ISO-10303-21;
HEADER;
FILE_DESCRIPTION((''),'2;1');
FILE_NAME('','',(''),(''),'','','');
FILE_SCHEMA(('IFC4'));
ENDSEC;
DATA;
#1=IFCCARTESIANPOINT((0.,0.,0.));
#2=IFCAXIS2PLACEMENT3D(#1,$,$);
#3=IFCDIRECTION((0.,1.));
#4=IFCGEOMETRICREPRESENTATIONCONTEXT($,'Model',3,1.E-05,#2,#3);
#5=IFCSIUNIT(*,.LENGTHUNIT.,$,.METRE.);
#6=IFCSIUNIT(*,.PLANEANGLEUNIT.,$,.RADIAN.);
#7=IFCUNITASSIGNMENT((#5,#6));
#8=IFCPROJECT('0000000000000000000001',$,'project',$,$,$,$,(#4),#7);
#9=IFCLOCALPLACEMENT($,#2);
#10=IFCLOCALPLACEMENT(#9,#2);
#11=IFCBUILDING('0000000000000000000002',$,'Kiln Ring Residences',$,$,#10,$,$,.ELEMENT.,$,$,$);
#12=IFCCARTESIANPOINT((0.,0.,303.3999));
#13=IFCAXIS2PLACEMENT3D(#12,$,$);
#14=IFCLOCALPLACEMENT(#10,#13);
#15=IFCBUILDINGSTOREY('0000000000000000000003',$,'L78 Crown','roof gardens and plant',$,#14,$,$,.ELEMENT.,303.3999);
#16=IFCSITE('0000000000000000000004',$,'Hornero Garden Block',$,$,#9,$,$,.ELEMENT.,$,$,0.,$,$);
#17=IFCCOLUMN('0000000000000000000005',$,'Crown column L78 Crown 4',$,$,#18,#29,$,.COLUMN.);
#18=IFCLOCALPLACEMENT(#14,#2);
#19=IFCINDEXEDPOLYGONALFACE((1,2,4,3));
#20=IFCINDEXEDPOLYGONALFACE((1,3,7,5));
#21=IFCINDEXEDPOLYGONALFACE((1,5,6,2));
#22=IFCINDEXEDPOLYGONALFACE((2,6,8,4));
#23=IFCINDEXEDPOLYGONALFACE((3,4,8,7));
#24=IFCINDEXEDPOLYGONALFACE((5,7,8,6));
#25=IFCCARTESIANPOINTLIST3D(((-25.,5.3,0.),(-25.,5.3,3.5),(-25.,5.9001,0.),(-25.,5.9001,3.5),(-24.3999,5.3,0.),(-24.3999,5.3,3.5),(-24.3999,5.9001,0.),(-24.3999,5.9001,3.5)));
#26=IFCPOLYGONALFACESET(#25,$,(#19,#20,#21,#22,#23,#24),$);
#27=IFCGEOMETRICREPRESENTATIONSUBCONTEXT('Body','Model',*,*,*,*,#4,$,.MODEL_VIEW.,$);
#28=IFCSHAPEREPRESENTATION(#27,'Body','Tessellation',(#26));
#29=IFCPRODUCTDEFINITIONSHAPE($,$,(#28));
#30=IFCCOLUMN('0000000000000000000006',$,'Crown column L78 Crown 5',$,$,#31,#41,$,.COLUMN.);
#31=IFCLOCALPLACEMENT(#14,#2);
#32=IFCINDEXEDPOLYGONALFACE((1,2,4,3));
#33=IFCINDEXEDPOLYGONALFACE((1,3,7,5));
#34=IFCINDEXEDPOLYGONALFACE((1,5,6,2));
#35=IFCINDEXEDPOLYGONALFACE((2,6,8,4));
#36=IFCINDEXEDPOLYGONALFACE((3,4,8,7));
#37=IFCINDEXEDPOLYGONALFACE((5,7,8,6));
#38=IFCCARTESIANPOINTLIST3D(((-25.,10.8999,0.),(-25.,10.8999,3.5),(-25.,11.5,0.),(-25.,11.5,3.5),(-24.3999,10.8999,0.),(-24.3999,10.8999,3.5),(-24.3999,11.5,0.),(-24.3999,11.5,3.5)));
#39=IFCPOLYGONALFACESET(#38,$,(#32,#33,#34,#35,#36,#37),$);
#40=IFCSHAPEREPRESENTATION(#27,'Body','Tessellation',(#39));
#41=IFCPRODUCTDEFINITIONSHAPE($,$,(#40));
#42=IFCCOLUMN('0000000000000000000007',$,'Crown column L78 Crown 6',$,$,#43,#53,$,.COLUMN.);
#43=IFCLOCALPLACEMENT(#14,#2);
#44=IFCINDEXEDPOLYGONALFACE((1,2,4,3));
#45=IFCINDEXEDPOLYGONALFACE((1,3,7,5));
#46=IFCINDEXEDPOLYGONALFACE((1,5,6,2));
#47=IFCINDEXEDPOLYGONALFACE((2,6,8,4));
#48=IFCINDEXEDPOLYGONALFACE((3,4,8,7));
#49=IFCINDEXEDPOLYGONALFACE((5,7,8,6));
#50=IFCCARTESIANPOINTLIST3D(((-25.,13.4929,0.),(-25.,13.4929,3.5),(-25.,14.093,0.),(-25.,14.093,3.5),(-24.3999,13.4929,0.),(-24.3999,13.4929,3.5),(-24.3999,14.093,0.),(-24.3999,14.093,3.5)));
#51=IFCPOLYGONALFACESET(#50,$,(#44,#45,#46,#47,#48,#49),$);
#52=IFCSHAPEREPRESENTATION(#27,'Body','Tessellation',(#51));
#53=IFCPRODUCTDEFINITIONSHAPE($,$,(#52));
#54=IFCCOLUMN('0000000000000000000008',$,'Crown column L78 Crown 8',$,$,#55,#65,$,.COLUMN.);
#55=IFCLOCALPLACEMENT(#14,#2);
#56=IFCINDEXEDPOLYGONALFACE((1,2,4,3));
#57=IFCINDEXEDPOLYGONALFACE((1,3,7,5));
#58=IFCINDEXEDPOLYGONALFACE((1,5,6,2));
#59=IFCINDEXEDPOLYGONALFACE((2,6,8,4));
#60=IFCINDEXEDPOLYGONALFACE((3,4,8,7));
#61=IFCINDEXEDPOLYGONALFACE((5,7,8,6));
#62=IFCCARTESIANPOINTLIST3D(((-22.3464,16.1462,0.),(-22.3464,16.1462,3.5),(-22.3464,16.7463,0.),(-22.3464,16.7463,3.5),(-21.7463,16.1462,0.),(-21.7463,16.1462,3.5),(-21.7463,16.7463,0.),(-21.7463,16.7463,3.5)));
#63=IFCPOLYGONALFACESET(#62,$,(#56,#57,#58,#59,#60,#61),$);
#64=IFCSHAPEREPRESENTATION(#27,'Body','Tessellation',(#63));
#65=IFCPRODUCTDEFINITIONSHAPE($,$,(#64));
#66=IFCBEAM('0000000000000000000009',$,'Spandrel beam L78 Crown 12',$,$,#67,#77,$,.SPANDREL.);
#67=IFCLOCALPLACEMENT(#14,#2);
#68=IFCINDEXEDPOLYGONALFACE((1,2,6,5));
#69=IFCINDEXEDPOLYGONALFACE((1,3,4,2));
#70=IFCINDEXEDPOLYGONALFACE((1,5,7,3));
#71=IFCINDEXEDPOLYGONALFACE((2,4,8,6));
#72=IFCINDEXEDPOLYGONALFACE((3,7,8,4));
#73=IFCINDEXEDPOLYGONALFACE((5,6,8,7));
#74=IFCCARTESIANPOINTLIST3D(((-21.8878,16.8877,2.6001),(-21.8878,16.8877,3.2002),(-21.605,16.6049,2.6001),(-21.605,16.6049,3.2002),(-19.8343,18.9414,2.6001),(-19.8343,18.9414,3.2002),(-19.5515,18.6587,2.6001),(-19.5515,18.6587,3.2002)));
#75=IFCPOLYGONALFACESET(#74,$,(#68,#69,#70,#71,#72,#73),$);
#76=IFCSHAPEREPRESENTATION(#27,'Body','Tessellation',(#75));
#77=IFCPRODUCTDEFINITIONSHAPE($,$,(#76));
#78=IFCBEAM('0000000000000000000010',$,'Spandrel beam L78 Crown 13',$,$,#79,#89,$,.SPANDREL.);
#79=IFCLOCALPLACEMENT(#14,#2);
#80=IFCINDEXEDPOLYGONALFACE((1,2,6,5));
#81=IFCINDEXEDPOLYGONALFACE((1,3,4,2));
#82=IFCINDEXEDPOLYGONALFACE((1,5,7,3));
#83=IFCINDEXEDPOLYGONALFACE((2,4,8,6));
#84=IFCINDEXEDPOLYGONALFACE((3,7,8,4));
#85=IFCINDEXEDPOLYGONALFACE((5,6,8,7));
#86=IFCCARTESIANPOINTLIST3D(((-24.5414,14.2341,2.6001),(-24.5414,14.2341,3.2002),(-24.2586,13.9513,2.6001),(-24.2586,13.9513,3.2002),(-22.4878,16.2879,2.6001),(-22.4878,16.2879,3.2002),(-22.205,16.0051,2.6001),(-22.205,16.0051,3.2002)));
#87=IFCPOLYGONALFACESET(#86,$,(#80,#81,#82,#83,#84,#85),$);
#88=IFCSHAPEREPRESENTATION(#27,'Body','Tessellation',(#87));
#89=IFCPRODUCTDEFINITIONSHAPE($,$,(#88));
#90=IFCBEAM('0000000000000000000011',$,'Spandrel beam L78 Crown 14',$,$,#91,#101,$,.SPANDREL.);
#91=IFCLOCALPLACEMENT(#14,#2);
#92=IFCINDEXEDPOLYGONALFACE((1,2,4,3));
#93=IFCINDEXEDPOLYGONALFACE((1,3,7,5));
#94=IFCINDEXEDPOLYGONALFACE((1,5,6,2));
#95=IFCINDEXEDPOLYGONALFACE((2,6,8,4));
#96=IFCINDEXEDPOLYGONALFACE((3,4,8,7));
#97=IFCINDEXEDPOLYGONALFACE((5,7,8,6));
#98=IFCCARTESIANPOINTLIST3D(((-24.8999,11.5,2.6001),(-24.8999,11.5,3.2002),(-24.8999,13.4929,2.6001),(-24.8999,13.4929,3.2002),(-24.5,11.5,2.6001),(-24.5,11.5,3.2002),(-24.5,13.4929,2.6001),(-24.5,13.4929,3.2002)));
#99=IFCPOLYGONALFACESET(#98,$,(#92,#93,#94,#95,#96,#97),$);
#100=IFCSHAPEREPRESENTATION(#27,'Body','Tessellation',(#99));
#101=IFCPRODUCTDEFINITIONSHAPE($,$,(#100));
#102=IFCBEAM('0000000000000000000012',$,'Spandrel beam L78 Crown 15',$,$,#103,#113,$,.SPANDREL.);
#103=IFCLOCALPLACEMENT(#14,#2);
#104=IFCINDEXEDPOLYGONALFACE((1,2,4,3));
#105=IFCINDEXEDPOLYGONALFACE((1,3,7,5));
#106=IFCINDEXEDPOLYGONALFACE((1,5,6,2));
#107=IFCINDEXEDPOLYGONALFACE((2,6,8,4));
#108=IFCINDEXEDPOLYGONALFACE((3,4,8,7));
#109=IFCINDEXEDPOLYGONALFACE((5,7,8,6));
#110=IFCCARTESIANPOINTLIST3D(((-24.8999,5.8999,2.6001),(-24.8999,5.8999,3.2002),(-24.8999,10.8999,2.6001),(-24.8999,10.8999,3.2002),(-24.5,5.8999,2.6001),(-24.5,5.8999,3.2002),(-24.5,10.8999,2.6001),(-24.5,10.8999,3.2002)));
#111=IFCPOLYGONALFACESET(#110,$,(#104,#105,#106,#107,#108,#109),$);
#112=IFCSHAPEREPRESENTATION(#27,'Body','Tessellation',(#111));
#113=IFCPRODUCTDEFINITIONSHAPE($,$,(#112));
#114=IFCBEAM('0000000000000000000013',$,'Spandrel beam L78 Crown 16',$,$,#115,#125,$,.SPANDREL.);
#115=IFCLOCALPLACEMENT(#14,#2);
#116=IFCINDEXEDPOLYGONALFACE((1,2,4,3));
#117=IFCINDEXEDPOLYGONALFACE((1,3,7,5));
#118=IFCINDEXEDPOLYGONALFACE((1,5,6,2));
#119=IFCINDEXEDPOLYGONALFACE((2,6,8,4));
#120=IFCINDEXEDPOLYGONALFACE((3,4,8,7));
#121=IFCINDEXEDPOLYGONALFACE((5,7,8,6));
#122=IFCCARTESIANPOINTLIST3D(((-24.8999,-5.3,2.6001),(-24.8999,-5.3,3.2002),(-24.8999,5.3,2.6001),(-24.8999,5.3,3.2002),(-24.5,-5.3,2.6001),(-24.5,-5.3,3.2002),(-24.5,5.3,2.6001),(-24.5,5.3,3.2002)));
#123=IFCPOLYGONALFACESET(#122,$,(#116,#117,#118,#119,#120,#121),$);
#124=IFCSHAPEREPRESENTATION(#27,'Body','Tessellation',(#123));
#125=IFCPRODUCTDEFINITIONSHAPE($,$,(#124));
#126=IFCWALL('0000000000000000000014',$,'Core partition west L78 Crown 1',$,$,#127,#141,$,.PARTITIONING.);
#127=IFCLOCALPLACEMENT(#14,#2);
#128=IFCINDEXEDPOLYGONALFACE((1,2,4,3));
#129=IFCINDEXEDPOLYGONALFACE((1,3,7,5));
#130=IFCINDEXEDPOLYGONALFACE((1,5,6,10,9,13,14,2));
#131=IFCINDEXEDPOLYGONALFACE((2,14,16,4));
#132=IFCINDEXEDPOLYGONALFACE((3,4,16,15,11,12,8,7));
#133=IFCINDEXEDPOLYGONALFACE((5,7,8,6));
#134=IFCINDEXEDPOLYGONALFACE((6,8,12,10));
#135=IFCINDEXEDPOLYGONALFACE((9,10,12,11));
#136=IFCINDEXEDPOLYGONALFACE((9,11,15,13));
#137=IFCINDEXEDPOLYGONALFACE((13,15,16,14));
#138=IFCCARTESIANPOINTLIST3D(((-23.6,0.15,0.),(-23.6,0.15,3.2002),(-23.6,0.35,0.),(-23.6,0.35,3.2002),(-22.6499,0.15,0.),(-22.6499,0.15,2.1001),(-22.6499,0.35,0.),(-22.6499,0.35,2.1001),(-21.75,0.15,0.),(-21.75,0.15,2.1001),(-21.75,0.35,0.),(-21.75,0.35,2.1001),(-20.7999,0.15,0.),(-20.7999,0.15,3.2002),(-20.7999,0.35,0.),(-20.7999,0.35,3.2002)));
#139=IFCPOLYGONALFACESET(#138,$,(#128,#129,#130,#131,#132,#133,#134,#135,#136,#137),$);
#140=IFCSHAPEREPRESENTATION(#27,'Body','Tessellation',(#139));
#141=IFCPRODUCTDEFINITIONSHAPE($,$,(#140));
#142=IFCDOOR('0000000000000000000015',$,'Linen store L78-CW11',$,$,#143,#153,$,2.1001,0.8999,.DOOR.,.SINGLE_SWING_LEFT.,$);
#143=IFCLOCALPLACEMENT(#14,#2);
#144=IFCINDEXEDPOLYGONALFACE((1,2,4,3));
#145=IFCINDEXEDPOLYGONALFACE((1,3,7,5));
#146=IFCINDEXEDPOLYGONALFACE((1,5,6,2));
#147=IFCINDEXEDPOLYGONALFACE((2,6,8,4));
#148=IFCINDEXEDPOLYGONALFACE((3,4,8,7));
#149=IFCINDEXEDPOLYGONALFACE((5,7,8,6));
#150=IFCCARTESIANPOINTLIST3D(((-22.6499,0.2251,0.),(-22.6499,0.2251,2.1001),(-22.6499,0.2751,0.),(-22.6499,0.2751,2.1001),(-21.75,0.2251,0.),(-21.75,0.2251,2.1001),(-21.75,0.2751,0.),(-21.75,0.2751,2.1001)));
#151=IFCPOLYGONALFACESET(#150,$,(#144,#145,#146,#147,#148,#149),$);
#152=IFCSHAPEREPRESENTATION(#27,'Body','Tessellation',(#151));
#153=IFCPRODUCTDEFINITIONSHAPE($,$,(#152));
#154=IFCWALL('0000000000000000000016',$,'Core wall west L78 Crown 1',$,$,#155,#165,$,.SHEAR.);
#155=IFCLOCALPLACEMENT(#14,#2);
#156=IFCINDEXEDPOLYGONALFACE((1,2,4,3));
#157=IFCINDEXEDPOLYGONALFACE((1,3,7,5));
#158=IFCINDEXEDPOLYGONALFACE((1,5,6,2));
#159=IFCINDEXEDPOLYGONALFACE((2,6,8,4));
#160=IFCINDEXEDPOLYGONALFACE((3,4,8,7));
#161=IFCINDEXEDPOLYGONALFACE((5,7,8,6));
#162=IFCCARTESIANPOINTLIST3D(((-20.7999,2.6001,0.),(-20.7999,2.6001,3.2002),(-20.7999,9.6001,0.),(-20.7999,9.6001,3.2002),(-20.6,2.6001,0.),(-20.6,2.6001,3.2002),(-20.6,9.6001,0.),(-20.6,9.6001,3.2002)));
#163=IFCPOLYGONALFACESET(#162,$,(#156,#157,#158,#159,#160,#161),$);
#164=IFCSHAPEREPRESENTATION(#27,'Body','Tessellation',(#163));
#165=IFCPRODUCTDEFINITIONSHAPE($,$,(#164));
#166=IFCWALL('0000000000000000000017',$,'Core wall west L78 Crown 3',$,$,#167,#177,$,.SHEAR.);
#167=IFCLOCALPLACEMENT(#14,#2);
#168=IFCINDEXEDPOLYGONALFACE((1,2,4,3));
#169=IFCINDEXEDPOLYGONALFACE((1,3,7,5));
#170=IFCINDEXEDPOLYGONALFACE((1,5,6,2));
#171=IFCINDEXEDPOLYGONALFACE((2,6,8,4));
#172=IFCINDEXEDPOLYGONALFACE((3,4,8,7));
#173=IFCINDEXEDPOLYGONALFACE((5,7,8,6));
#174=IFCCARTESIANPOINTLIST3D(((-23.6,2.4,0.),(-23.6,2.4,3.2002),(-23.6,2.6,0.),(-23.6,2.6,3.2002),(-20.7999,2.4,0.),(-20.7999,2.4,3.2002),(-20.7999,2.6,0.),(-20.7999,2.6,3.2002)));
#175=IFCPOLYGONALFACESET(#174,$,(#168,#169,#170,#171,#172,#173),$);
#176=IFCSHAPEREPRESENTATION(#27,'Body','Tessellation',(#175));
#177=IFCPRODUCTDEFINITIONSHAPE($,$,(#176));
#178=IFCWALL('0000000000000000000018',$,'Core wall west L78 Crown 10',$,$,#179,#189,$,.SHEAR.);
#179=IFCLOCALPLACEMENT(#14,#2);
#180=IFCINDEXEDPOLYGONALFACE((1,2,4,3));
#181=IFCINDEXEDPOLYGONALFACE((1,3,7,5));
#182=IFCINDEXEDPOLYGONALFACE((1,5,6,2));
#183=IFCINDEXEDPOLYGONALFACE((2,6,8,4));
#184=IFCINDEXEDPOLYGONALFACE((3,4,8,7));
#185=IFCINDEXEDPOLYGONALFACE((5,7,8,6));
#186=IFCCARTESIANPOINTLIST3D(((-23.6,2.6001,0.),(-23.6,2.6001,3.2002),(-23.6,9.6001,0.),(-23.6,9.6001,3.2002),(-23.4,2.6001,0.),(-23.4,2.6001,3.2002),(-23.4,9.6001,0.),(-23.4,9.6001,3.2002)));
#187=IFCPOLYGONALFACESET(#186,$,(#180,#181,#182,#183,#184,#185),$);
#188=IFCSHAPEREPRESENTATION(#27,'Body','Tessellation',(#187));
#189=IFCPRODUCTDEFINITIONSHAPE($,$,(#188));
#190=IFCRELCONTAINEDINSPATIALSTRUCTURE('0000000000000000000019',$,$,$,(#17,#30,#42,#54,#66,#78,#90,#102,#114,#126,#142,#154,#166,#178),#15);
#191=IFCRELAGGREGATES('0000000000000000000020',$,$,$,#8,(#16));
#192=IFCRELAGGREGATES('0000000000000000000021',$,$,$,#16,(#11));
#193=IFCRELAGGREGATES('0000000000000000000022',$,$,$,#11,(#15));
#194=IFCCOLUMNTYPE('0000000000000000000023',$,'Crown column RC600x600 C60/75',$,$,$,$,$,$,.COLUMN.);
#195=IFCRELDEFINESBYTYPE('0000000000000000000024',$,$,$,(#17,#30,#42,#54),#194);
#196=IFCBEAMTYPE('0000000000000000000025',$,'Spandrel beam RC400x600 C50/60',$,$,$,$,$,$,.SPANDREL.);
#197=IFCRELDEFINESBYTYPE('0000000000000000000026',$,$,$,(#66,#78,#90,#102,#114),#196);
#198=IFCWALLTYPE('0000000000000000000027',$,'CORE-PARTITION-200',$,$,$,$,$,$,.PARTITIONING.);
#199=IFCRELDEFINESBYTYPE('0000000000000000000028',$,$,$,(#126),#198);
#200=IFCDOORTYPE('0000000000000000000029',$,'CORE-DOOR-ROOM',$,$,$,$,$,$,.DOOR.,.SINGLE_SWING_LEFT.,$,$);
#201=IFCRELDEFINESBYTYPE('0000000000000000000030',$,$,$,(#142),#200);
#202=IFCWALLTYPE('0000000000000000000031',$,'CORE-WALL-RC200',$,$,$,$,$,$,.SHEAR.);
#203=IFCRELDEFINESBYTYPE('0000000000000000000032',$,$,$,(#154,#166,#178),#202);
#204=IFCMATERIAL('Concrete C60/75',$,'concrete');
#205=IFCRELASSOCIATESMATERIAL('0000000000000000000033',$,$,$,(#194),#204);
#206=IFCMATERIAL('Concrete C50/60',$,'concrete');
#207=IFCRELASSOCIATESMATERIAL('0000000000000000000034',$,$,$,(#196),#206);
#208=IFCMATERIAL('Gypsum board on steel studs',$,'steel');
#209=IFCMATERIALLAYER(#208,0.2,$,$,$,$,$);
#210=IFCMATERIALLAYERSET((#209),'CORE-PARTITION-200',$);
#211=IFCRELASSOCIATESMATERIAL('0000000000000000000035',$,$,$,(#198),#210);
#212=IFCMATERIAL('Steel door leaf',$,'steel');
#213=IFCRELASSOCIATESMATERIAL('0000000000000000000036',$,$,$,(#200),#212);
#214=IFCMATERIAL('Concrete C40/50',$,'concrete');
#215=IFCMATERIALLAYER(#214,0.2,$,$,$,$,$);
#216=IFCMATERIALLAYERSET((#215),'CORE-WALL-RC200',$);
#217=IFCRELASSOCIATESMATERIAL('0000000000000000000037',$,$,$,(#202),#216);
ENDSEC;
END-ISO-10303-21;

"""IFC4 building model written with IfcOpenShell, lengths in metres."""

from ifc_helpers import new_model, si_unit, direction, frame, frame_2d, origin, origin_2d, place, context, subcontext, project, spatial, rectangle, extrude, material, layer, layer_set, material_profile, profile_set, type_object, element, fill, save


model = new_model("IFC4")

# Units and contexts
model_context = context("Model", 3, precision=1e-05, world=origin(), true_north=direction((0.0, 1.0)))
body_context = subcontext(model_context, "Body", "Model", "MODEL_VIEW")
ifc_project = project(units=[si_unit("LENGTHUNIT", "METRE"), si_unit("PLANEANGLEUNIT", "RADIAN")], contexts=[model_context])

# Site, building, storey
site_placement = place(None, origin())
site = spatial("IfcSite", under=ifc_project, at=site_placement, Name="Hornero Garden Block", CompositionType="ELEMENT", RefElevation=0.0)
building_placement = place(site_placement, origin())
building = spatial("IfcBuilding", under=site, at=building_placement, Name="Kiln Ring Residences", CompositionType="ELEMENT")
storey_placement = place(building_placement, frame((0.0, 0.0, 303.3999)))
storey = spatial("IfcBuildingStorey", under=building, at=storey_placement, Name="L78 Crown", Description="roof gardens and plant", CompositionType="ELEMENT", Elevation=303.3999)

# Columns
ifc_material_1 = material(Name="Concrete C60/75", Category="concrete")
ifc_material_profile_1 = material_profile(ifc_material_1, rectangle(XDim=0.6001, YDim=0.6001, at=origin_2d()), Name="RC600x600")
ifc_profile_set_1 = profile_set([ifc_material_profile_1], Name="Concrete C60/75")
column_type = type_object("IfcColumnType", Name="Crown column RC600x600 C60/75", PredefinedType="COLUMN", material=ifc_profile_set_1)
for number, where, z_axis, x_axis, name in (
    (1, (-24.7, 5.6001, 0.0), (0.0, 0.0, 1.0), (1.0, 0.0, 0.0), "Crown column L78 Crown 4"),
    (2, (-24.7, 11.2, 0.0), (0.0, 0.0, 1.0), (1.0, 0.0, 0.0), "Crown column L78 Crown 5"),
    (3, (-24.7, 13.793, 0.0), (0.0, 0.0, 1.0), (1.0, 0.0, 0.0), "Crown column L78 Crown 6"),
    (4, (-22.0464, 16.4463, 0.0), (0.0, 0.0, 1.0), (1.0, 0.0, 0.0), "Crown column L78 Crown 8"),
):
    element("IfcColumn", number, at=place(storey_placement, frame(where, z_axis=z_axis, x_axis=x_axis)), inside=storey, type_object=column_type, Name=name, PredefinedType="COLUMN", context=body_context, shape_type="SweptSolid", body=[
        extrude(rectangle(XDim=0.6001, YDim=0.6001, at=origin_2d()), origin(), (0.0, 0.0, 1.0), 3.5),
    ])

# Beams
ifc_material_2 = material(Name="Concrete C50/60", Category="concrete")
ifc_material_profile_2 = material_profile(ifc_material_2, rectangle(XDim=0.3999, YDim=0.6001, at=origin_2d()), Name="RC400x600")
ifc_profile_set_2 = profile_set([ifc_material_profile_2], Name="Concrete C50/60")
beam_type = type_object("IfcBeamType", Name="Spandrel beam RC400x600 C50/60", PredefinedType="SPANDREL", material=ifc_profile_set_2)
for number, where, z_axis, x_axis, name in (
    (5, (-19.6929, 18.8, 2.9001), (-0.707065, -0.707149, 0.0), (0.707149, -0.707065, 0.0), "Spandrel beam L78 Crown 12"),
    (6, (-22.3464, 16.1465, 2.9001), (-0.707065, -0.707149, 0.0), (0.707149, -0.707065, 0.0), "Spandrel beam L78 Crown 13"),
):
    element("IfcBeam", number, at=place(storey_placement, frame(where, z_axis=z_axis, x_axis=x_axis)), inside=storey, type_object=beam_type, Name=name, PredefinedType="SPANDREL", context=body_context, shape_type="SweptSolid", body=[
        extrude(rectangle(XDim=0.3999, YDim=0.6001, at=origin_2d()), origin(), (0.0, 0.0, 1.0), 2.9043),
    ])
beam_1_placement = place(storey_placement, frame((-24.7, 13.4929, 2.9001), z_axis=(0.0, -1.0, 0.0), x_axis=(1.0, 0.0, 0.0)))
element("IfcBeam", 7, at=beam_1_placement, inside=storey, type_object=beam_type, Name="Spandrel beam L78 Crown 14", PredefinedType="SPANDREL", context=body_context, shape_type="SweptSolid", body=[
    extrude(rectangle(XDim=0.3999, YDim=0.6001, at=origin_2d()), origin(), (0.0, 0.0, 1.0), 1.9929),
])
beam_2_placement = place(storey_placement, frame((-24.7, 10.8999, 2.9001), z_axis=(0.0, -1.0, 0.0), x_axis=(1.0, 0.0, 0.0)))
element("IfcBeam", 8, at=beam_2_placement, inside=storey, type_object=beam_type, Name="Spandrel beam L78 Crown 15", PredefinedType="SPANDREL", context=body_context, shape_type="SweptSolid", body=[
    extrude(rectangle(XDim=0.3999, YDim=0.6001, at=origin_2d()), origin(), (0.0, 0.0, 1.0), 5.0),
])
beam_3_placement = place(storey_placement, frame((-24.7, 5.3, 2.9001), z_axis=(0.0, -1.0, 0.0), x_axis=(1.0, 0.0, 0.0)))
element("IfcBeam", 9, at=beam_3_placement, inside=storey, type_object=beam_type, Name="Spandrel beam L78 Crown 16", PredefinedType="SPANDREL", context=body_context, shape_type="SweptSolid", body=[
    extrude(rectangle(XDim=0.3999, YDim=0.6001, at=origin_2d()), origin(), (0.0, 0.0, 1.0), 10.6001),
])

# Wall, opening, door
ifc_material_3 = material(Name="Gypsum board on steel studs", Category="steel")
ifc_layer_1 = layer(ifc_material_3, 0.2)
ifc_layer_set_1 = layer_set([ifc_layer_1], Name="CORE-PARTITION-200")
wall_type_1 = type_object("IfcWallType", Name="CORE-PARTITION-200", PredefinedType="PARTITIONING", material=ifc_layer_set_1)
wall_1_placement = place(storey_placement, frame((-20.8, 0.25, 0.0), z_axis=(0.0, 0.0, 1.0), x_axis=(-1.0, 0.0, 0.0)))
wall_1 = element("IfcWall", 10, at=wall_1_placement, inside=storey, type_object=wall_type_1, Name="Core partition west L78 Crown 1", PredefinedType="PARTITIONING", context=body_context, shape_type="SweptSolid", body=[
    extrude(rectangle(XDim=2.8, YDim=0.2, at=frame_2d((1.3999, 0.0))), origin(), (0.0, 0.0, 1.0), 3.2002),
])
opening_1_placement = place(wall_1_placement, frame((0.95, 0.0, 0.0)))
opening_1 = element("IfcOpeningElement", 11, at=opening_1_placement, cuts=wall_1, PredefinedType="OPENING", context=body_context, shape_type="SweptSolid", body=[
    extrude(rectangle(XDim=0.8999, YDim=2.1001, at=frame_2d((0.45, 1.05))), frame((0.0, 0.1099, 0.0), z_axis=(0.0, -1.0, 0.0), x_axis=(1.0, 0.0, 0.0)), (0.0, 0.0, 1.0), 0.22),
])
ifc_material_4 = material(Name="Steel door leaf", Category="steel")
door_type = type_object("IfcDoorType", Name="CORE-DOOR-ROOM", OperationType="SINGLE_SWING_LEFT", PredefinedType="DOOR", material=ifc_material_4)
door_placement = place(opening_1_placement, origin())
door = element("IfcDoor", 12, at=door_placement, inside=storey, type_object=door_type, Name="Linen store L78-CW11", OperationType="SINGLE_SWING_LEFT", OverallHeight=2.1001, OverallWidth=0.8999, PredefinedType="DOOR", context=body_context, shape_type="SweptSolid", body=[
    extrude(rectangle(XDim=0.8999, YDim=2.1001, at=frame_2d((0.45, 1.05))), frame((0.0, 0.0249, 0.0), z_axis=(0.0, -1.0, 0.0), x_axis=(1.0, 0.0, 0.0)), (0.0, 0.0, 1.0), 0.05),
])
fill(opening_1, door)

# Walls
ifc_material_5 = material(Name="Concrete C40/50", Category="concrete")
ifc_layer_2 = layer(ifc_material_5, 0.2)
ifc_layer_set_2 = layer_set([ifc_layer_2], Name="CORE-WALL-RC200")
wall_type_2 = type_object("IfcWallType", Name="CORE-WALL-RC200", PredefinedType="SHEAR", material=ifc_layer_set_2)
wall_2_placement = place(storey_placement, frame((-20.7, 2.6001, 0.0), z_axis=(0.0, 0.0, 1.0), x_axis=(0.0, 1.0, 0.0)))
element("IfcWall", 13, at=wall_2_placement, inside=storey, type_object=wall_type_2, Name="Core wall west L78 Crown 1", PredefinedType="SHEAR", context=body_context, shape_type="SweptSolid", body=[
    extrude(rectangle(XDim=7.0, YDim=0.2, at=frame_2d((3.5, 0.0))), origin(), (0.0, 0.0, 1.0), 3.2002),
])
wall_3_placement = place(storey_placement, frame((-20.8, 2.5, 0.0), z_axis=(0.0, 0.0, 1.0), x_axis=(-1.0, 0.0, 0.0)))
element("IfcWall", 14, at=wall_3_placement, inside=storey, type_object=wall_type_2, Name="Core wall west L78 Crown 3", PredefinedType="SHEAR", context=body_context, shape_type="SweptSolid", body=[
    extrude(rectangle(XDim=2.8, YDim=0.2, at=frame_2d((1.3999, 0.0))), origin(), (0.0, 0.0, 1.0), 3.2002),
])
wall_4_placement = place(storey_placement, frame((-23.5, 2.6001, 0.0), z_axis=(0.0, 0.0, 1.0), x_axis=(0.0, 1.0, 0.0)))
element("IfcWall", 15, at=wall_4_placement, inside=storey, type_object=wall_type_2, Name="Core wall west L78 Crown 10", PredefinedType="SHEAR", context=body_context, shape_type="SweptSolid", body=[
    extrude(rectangle(XDim=7.0, YDim=0.2, at=frame_2d((3.5, 0.0))), origin(), (0.0, 0.0, 1.0), 3.2002),
])

save(model, "model.ifc")
